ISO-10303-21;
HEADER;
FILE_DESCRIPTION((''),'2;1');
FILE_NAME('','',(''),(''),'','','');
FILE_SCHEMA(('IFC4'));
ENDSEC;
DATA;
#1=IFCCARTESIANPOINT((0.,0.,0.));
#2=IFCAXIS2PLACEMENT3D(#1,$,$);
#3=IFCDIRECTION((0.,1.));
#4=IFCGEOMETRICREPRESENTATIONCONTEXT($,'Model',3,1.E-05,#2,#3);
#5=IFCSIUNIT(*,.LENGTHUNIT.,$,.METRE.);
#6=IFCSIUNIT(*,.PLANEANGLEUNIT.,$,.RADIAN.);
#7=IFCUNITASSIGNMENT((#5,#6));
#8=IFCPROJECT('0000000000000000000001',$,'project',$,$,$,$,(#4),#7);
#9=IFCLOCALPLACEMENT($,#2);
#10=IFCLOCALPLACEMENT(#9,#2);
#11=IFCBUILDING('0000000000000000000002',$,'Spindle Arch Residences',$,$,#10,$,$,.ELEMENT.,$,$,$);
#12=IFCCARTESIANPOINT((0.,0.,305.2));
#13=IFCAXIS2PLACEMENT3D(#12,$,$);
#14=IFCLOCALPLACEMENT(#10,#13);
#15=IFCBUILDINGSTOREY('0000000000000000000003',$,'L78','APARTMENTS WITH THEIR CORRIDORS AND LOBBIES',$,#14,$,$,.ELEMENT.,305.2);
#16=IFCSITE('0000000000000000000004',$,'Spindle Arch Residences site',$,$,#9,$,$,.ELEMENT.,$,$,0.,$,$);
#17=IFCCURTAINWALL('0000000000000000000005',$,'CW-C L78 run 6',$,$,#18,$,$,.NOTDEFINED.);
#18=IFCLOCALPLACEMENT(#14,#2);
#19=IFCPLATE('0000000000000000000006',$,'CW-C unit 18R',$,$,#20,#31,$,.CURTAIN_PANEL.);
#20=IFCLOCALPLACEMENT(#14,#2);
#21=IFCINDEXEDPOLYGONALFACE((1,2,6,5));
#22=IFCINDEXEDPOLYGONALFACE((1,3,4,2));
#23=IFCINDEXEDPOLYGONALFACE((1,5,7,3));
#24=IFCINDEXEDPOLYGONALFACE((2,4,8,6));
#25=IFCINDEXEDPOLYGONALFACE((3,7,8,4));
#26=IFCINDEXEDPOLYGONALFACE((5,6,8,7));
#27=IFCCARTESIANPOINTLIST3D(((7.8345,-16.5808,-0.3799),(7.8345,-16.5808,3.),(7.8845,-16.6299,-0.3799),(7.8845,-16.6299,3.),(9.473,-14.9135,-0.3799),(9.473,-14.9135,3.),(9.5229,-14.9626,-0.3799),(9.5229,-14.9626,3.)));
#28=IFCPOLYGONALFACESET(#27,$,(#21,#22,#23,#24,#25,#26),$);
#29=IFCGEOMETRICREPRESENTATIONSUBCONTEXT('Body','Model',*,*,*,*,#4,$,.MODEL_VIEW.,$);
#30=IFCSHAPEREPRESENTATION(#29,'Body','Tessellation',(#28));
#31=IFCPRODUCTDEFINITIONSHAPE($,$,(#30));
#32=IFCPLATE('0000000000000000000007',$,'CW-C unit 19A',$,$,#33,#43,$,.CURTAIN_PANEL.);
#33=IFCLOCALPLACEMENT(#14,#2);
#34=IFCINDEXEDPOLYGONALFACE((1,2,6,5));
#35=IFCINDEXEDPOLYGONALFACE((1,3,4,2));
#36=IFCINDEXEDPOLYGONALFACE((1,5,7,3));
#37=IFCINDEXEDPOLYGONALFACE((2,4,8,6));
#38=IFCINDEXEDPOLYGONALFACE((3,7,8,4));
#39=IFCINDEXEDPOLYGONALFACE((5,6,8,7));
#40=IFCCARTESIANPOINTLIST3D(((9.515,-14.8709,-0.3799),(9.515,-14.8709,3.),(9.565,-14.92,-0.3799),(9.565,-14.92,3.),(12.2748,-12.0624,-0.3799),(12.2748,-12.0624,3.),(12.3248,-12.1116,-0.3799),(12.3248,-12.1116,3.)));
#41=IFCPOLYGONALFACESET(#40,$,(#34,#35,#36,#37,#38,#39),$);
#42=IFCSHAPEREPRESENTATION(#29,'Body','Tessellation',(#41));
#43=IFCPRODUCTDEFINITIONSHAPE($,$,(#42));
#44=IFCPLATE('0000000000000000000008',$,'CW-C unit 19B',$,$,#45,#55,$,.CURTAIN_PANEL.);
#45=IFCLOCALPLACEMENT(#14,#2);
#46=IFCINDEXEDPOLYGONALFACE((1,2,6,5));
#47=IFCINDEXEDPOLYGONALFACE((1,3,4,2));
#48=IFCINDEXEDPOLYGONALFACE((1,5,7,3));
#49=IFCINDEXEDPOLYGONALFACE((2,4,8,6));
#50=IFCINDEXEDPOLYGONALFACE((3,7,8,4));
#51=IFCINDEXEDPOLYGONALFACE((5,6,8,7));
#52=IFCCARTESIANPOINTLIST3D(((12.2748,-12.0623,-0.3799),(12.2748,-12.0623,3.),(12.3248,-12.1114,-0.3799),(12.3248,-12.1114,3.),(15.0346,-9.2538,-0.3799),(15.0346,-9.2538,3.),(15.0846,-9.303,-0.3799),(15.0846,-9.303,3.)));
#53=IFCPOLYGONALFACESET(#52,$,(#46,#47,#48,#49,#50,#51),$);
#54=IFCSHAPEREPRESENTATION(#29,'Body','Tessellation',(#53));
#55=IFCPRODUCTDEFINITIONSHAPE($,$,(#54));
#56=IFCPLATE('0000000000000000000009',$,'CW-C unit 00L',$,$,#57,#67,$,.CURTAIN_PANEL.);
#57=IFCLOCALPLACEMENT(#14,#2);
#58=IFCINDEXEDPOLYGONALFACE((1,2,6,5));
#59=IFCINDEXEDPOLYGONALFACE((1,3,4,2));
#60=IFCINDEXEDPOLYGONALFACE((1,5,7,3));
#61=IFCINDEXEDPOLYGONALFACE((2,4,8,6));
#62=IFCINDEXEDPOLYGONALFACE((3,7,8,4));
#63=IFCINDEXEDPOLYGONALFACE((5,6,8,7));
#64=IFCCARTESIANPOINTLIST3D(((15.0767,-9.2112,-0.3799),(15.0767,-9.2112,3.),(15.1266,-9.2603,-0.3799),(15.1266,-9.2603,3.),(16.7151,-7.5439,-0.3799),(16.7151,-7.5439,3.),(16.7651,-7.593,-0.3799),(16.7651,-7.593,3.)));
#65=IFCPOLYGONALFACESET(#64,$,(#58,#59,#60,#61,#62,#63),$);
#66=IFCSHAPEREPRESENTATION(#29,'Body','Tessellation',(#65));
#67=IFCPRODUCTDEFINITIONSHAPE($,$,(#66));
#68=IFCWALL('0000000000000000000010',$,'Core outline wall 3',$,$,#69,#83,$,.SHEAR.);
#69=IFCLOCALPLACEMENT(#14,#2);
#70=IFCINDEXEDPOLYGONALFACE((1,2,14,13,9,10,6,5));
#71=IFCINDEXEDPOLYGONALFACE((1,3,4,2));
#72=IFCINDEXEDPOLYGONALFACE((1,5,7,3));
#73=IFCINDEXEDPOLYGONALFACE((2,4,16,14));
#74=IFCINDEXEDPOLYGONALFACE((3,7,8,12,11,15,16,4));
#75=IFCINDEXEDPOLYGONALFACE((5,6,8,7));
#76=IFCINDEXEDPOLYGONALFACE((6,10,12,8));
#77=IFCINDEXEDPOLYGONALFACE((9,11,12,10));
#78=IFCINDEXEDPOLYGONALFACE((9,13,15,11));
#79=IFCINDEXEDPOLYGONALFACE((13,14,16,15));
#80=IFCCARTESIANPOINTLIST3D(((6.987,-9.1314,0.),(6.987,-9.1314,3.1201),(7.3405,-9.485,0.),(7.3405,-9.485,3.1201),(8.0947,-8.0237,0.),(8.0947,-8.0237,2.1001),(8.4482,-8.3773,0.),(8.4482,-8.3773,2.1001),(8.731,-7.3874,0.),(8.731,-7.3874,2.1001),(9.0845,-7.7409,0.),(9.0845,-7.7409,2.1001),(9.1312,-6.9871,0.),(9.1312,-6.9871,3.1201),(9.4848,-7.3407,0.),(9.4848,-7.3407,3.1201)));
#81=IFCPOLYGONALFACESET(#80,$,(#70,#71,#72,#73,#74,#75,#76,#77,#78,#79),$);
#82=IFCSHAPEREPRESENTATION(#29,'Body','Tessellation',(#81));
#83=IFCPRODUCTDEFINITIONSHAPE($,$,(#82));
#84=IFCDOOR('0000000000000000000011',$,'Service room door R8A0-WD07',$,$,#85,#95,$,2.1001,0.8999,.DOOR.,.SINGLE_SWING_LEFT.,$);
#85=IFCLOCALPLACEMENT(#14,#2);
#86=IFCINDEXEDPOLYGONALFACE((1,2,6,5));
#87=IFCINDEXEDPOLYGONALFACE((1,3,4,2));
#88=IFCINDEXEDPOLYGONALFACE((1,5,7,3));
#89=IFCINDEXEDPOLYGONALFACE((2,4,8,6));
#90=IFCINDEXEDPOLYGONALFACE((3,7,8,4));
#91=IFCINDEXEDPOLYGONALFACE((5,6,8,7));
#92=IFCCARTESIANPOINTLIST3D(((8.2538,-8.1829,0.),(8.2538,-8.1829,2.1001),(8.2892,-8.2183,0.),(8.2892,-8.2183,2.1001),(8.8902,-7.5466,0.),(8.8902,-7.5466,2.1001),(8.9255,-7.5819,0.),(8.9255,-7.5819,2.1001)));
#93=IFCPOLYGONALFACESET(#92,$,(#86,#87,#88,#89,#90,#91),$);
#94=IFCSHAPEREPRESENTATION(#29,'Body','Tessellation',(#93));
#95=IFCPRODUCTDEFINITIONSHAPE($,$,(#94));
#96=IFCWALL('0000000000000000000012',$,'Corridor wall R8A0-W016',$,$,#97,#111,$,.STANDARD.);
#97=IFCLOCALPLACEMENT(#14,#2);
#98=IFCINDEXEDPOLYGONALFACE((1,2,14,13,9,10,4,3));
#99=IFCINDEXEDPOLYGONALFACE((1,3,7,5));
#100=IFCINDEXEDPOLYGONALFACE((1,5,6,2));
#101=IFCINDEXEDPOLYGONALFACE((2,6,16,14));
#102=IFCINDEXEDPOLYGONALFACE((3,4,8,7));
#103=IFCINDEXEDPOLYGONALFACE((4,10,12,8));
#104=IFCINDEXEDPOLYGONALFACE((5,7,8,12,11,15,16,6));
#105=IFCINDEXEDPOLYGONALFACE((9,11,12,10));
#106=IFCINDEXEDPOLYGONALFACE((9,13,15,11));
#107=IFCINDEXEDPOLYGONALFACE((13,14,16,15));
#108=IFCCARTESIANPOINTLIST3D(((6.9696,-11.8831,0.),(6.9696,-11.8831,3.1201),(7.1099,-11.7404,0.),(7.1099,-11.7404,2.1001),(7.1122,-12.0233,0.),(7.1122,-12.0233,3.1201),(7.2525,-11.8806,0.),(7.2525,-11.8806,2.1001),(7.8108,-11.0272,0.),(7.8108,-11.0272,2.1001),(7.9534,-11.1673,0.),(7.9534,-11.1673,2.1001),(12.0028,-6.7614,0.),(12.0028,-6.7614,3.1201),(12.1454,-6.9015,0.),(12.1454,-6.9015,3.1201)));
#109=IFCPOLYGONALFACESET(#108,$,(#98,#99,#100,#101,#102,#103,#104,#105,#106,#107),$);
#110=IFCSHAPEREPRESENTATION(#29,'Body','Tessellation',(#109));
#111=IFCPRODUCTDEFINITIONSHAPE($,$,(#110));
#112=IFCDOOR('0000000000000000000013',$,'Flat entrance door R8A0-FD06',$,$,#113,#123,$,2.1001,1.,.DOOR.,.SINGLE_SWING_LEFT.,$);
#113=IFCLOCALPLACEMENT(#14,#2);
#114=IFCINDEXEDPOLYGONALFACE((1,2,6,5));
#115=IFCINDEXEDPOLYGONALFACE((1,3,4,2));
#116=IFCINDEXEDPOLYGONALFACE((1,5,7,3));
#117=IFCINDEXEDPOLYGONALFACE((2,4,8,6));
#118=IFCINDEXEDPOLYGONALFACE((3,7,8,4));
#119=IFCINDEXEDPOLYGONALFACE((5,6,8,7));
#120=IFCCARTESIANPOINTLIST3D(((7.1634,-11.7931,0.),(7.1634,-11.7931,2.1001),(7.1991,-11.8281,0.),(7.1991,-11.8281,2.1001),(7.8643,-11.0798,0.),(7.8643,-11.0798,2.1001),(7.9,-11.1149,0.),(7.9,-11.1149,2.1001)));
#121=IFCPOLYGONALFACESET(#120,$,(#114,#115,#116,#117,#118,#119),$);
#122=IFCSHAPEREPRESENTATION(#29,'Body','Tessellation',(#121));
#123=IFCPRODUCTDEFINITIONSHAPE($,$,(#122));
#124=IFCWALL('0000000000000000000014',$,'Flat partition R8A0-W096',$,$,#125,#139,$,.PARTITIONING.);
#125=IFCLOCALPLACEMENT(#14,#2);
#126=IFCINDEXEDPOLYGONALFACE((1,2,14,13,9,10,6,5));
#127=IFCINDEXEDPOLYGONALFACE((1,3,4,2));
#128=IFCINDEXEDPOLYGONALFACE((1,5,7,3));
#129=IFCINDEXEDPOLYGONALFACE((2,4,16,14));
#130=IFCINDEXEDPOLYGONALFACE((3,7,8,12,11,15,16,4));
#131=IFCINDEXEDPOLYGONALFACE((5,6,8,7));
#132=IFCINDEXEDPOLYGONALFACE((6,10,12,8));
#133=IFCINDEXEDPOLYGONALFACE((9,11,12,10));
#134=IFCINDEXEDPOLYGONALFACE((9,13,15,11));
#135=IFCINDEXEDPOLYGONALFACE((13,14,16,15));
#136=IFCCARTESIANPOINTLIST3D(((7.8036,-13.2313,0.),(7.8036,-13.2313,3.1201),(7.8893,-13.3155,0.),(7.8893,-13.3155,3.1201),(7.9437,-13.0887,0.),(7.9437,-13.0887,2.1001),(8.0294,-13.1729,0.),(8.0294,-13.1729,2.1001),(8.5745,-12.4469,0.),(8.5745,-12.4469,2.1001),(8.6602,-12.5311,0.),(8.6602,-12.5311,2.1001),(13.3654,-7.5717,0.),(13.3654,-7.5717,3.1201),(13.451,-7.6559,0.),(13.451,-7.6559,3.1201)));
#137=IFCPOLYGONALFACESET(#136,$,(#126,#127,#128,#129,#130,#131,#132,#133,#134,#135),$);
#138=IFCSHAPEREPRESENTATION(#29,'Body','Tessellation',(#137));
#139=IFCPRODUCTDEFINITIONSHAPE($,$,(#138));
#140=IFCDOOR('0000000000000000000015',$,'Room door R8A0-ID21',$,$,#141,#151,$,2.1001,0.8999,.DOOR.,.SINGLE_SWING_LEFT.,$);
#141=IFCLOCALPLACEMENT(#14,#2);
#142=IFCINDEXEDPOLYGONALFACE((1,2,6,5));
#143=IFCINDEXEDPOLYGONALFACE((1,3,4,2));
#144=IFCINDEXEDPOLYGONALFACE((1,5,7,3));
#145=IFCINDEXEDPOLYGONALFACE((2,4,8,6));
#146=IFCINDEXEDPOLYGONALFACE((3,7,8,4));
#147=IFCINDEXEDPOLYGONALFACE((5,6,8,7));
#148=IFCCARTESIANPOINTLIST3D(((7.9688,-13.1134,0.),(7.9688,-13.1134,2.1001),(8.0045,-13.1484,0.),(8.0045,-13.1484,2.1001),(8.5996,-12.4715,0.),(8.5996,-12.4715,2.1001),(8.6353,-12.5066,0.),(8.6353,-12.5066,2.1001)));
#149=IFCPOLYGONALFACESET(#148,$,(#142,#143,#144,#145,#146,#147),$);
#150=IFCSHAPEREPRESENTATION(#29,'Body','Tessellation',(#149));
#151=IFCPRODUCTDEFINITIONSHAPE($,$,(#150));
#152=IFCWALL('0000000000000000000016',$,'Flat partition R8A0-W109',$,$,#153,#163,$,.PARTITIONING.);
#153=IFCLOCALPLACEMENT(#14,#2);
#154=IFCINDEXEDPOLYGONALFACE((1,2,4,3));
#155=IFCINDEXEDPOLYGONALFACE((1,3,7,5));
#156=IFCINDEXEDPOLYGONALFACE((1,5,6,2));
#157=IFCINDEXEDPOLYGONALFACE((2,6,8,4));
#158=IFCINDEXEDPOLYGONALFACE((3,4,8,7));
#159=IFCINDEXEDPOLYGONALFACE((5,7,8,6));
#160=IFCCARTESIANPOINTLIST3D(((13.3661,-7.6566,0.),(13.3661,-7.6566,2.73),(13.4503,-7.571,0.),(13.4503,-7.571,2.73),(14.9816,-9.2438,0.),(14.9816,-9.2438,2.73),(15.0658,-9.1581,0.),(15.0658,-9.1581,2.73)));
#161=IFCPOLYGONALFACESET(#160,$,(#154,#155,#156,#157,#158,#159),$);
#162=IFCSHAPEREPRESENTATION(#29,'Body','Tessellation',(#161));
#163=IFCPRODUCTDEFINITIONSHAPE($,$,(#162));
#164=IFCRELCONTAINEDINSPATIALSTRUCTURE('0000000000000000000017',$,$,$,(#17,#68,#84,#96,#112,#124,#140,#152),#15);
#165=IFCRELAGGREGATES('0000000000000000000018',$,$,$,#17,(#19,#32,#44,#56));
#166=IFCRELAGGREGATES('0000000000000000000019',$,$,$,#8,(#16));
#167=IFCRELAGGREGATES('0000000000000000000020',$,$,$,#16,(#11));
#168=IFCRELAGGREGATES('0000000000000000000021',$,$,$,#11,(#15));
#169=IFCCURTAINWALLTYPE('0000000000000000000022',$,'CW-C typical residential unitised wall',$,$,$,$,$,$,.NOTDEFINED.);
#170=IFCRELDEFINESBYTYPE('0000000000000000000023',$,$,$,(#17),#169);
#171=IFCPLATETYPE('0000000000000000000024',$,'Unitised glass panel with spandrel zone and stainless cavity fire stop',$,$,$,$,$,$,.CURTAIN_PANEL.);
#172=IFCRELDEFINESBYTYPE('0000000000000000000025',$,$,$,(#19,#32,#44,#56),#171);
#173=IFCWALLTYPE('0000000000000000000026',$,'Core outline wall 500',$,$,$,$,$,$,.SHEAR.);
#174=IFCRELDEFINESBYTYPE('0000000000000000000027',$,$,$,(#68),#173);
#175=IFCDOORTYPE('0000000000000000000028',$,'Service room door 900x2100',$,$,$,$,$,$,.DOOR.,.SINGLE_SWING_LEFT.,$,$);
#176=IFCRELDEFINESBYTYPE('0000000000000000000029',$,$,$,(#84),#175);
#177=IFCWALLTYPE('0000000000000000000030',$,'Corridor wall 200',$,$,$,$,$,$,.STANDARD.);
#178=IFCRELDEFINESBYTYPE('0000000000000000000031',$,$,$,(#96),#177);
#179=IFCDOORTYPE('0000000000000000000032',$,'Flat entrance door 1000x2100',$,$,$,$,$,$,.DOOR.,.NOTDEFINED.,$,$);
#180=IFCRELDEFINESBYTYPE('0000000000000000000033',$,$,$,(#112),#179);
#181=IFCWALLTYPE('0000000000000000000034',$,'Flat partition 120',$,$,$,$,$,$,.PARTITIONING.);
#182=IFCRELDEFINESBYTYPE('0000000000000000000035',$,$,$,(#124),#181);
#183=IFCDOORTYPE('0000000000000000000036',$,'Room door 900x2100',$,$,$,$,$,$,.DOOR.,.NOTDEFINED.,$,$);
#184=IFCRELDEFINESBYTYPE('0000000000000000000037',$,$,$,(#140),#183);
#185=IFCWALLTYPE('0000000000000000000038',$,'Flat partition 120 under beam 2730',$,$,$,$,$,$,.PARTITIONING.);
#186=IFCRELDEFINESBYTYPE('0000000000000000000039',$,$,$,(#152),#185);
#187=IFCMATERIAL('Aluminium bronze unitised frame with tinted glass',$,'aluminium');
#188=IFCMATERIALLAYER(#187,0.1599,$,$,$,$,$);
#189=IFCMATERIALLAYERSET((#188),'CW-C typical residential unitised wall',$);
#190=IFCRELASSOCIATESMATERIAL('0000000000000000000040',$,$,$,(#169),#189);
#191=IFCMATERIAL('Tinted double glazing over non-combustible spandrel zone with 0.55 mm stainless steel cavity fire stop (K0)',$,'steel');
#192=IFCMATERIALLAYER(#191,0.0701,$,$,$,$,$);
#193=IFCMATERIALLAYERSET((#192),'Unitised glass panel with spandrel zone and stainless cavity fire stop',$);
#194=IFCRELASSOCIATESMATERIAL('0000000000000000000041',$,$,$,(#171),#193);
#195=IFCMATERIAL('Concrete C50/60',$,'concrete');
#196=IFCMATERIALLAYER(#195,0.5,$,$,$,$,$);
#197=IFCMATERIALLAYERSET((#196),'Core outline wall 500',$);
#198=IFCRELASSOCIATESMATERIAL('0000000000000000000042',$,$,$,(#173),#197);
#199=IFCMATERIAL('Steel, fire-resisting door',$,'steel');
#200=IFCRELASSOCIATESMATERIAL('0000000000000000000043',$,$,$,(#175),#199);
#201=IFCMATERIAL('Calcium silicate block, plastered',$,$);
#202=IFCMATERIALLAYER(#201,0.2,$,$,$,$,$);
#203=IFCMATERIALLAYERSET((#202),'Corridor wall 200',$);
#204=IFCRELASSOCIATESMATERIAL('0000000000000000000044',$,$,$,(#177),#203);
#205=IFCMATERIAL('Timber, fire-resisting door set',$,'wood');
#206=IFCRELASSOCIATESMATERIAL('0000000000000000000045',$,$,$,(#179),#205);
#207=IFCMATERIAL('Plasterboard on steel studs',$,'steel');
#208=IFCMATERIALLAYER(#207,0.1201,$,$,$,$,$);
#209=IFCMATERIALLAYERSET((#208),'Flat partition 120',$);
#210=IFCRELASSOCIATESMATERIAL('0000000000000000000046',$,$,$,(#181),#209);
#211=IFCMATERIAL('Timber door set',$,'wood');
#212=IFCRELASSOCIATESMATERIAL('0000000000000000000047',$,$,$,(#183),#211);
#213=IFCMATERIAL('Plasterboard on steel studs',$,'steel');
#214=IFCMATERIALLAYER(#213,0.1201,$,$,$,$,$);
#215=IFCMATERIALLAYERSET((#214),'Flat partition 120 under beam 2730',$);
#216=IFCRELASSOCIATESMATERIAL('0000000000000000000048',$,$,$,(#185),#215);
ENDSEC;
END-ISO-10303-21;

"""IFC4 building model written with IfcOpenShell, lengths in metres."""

from ifc_helpers import new_model, si_unit, direction, frame, frame_2d, origin, origin_2d, place, context, subcontext, project, spatial, rectangle, extrude, material, layer, layer_set, type_object, element, fill, aggregate, save


model = new_model("IFC4")

# Units and contexts
model_context = context("Model", 3, precision=1e-05, world=origin(), true_north=direction((0.0, 1.0)))
body_context = subcontext(model_context, "Body", "Model", "MODEL_VIEW")
ifc_project = project(units=[si_unit("LENGTHUNIT", "METRE"), si_unit("PLANEANGLEUNIT", "RADIAN")], contexts=[model_context])

# Site, building, storey
site_placement = place(None, origin())
site = spatial("IfcSite", under=ifc_project, at=site_placement, Name="Spindle Arch Residences site", CompositionType="ELEMENT", RefElevation=0.0)
building_placement = place(site_placement, origin())
building = spatial("IfcBuilding", under=site, at=building_placement, Name="Spindle Arch Residences", CompositionType="ELEMENT")
storey_placement = place(building_placement, frame((0.0, 0.0, 305.2)))
storey = spatial("IfcBuildingStorey", under=building, at=storey_placement, Name="L78", Description="APARTMENTS WITH THEIR CORRIDORS AND LOBBIES", CompositionType="ELEMENT", Elevation=305.2)

# Curtain wall
ifc_material_1 = material(Name="Aluminium bronze unitised frame with tinted glass", Category="aluminium")
ifc_layer_1 = layer(ifc_material_1, 0.1599)
ifc_layer_set_1 = layer_set([ifc_layer_1], Name="CW-C typical residential unitised wall")
curtain_wall_type = type_object("IfcCurtainWallType", Name="CW-C typical residential unitised wall", PredefinedType="NOTDEFINED", material=ifc_layer_set_1)
curtain_wall_placement = place(storey_placement, origin())
curtain_wall = element("IfcCurtainWall", 1, at=curtain_wall_placement, inside=storey, type_object=curtain_wall_type, Name="CW-C L78 run 6", PredefinedType="NOTDEFINED")

# Plates
ifc_material_2 = material(Name="Tinted double glazing over non-combustible spandrel zone with 0.55 mm stainless steel cavity fire stop (K0)", Category="steel")
ifc_layer_2 = layer(ifc_material_2, 0.0701)
ifc_layer_set_2 = layer_set([ifc_layer_2], Name="Unitised glass panel with spandrel zone and stainless cavity fire stop")
plate_type = type_object("IfcPlateType", Name="Unitised glass panel with spandrel zone and stainless cavity fire stop", PredefinedType="CURTAIN_PANEL", material=ifc_layer_set_2)
plate_1_placement = place(storey_placement, frame((8.6787, -15.7717, -0.3799), z_axis=(0.0, 0.0, 1.0), x_axis=(0.700909, 0.71325, 0.0)))
plate_1 = element("IfcPlate", 2, at=plate_1_placement, type_object=plate_type, Name="CW-C unit 18R", PredefinedType="CURTAIN_PANEL", context=body_context, shape_type="SweptSolid", body=[
    extrude(rectangle(XDim=2.3376, YDim=0.0701, at=origin_2d()), origin(), (0.0, 0.0, 1.0), 3.3799),
])
plate_2_placement = place(storey_placement, frame((10.9199, -13.4912, -0.3799), z_axis=(0.0, 0.0, 1.0), x_axis=(0.700909, 0.71325, 0.0)))
plate_2 = element("IfcPlate", 3, at=plate_2_placement, type_object=plate_type, Name="CW-C unit 19A", PredefinedType="CURTAIN_PANEL", context=body_context, shape_type="SweptSolid", body=[
    extrude(rectangle(XDim=3.9375, YDim=0.0701, at=origin_2d()), origin(), (0.0, 0.0, 1.0), 3.3799),
])
plate_3_placement = place(storey_placement, frame((13.6797, -10.6826, -0.3799), z_axis=(0.0, 0.0, 1.0), x_axis=(0.700909, 0.71325, 0.0)))
plate_3 = element("IfcPlate", 4, at=plate_3_placement, type_object=plate_type, Name="CW-C unit 19B", PredefinedType="CURTAIN_PANEL", context=body_context, shape_type="SweptSolid", body=[
    extrude(rectangle(XDim=3.9375, YDim=0.0701, at=origin_2d()), origin(), (0.0, 0.0, 1.0), 3.3799),
])
plate_4_placement = place(storey_placement, frame((15.9209, -8.4021, -0.3799), z_axis=(0.0, 0.0, 1.0), x_axis=(0.700909, 0.71325, 0.0)))
plate_4 = element("IfcPlate", 5, at=plate_4_placement, type_object=plate_type, Name="CW-C unit 00L", PredefinedType="CURTAIN_PANEL", context=body_context, shape_type="SweptSolid", body=[
    extrude(rectangle(XDim=2.3376, YDim=0.0701, at=origin_2d()), origin(), (0.0, 0.0, 1.0), 3.3799),
])
aggregate(curtain_wall, [plate_1, plate_2, plate_3, plate_4])

# Walls, openings, doors
ifc_material_3 = material(Name="Concrete C50/60", Category="concrete")
ifc_layer_3 = layer(ifc_material_3, 0.5)
ifc_layer_set_3 = layer_set([ifc_layer_3], Name="Core outline wall 500")
wall_type_1 = type_object("IfcWallType", Name="Core outline wall 500", PredefinedType="SHEAR", material=ifc_layer_set_3)
wall_1_placement = place(storey_placement, frame((7.1638, -9.3081, 0.0), z_axis=(0.0, 0.0, 1.0), x_axis=(0.707107, 0.707107, 0.0)))
wall_1 = element("IfcWall", 6, at=wall_1_placement, inside=storey, type_object=wall_type_1, Name="Core outline wall 3", PredefinedType="SHEAR", context=body_context, shape_type="SweptSolid", body=[
    extrude(rectangle(XDim=3.0325, YDim=0.5, at=frame_2d((1.5161, 0.0))), origin(), (0.0, 0.0, 1.0), 3.1201),
])
opening_1_placement = place(wall_1_placement, frame((1.5664, 0.0, 0.0)))
opening_1 = element("IfcOpeningElement", 7, at=opening_1_placement, cuts=wall_1, PredefinedType="OPENING", context=body_context, shape_type="SweptSolid", body=[
    extrude(rectangle(XDim=0.8999, YDim=2.1001, at=frame_2d((0.45, 1.05))), frame((0.0, 0.26, 0.0), z_axis=(0.0, -1.0, 0.0), x_axis=(1.0, 0.0, 0.0)), (0.0, 0.0, 1.0), 0.52),
])
ifc_material_4 = material(Name="Steel, fire-resisting door", Category="steel")
door_type_1 = type_object("IfcDoorType", Name="Service room door 900x2100", OperationType="SINGLE_SWING_LEFT", PredefinedType="DOOR", material=ifc_material_4)
door_1_placement = place(opening_1_placement, origin())
door_1 = element("IfcDoor", 8, at=door_1_placement, inside=storey, type_object=door_type_1, Name="Service room door R8A0-WD07", OperationType="SINGLE_SWING_LEFT", OverallHeight=2.1001, OverallWidth=0.8999, PredefinedType="DOOR", context=body_context, shape_type="SweptSolid", body=[
    extrude(rectangle(XDim=0.8999, YDim=2.1001, at=frame_2d((0.45, 1.05))), frame((0.0, 0.0249, 0.0), z_axis=(0.0, -1.0, 0.0), x_axis=(1.0, 0.0, 0.0)), (0.0, 0.0, 1.0), 0.05),
])
fill(opening_1, door_1)
ifc_material_5 = material(Name="Calcium silicate block, plastered")
ifc_layer_4 = layer(ifc_material_5, 0.2)
ifc_layer_set_4 = layer_set([ifc_layer_4], Name="Corridor wall 200")
wall_type_2 = type_object("IfcWallType", Name="Corridor wall 200", PredefinedType="STANDARD", material=ifc_layer_set_4)
wall_2_placement = place(storey_placement, frame((7.041, -11.9531, 0.0), z_axis=(0.0, 0.0, 1.0), x_axis=(0.700909, 0.713251, 0.0)))
wall_2 = element("IfcWall", 9, at=wall_2_placement, inside=storey, type_object=wall_type_2, Name="Corridor wall R8A0-W016", PredefinedType="STANDARD", context=body_context, shape_type="SweptSolid", body=[
    extrude(rectangle(XDim=7.1809, YDim=0.2, at=frame_2d((3.5903, 0.0))), origin(), (0.0, 0.0, 1.0), 3.1201),
])
opening_2_placement = place(wall_2_placement, frame((0.2, 0.0, 0.0)))
opening_2 = element("IfcOpeningElement", 10, at=opening_2_placement, cuts=wall_2, PredefinedType="OPENING", context=body_context, shape_type="SweptSolid", body=[
    extrude(rectangle(XDim=1.0, YDim=2.1001, at=frame_2d((0.5, 1.05))), frame((0.0, 0.1099, 0.0), z_axis=(0.0, -1.0, 0.0), x_axis=(1.0, 0.0, 0.0)), (0.0, 0.0, 1.0), 0.22),
])
ifc_material_6 = material(Name="Timber, fire-resisting door set", Category="wood")
door_type_2 = type_object("IfcDoorType", Name="Flat entrance door 1000x2100", OperationType="NOTDEFINED", PredefinedType="DOOR", material=ifc_material_6)
door_2_placement = place(opening_2_placement, origin())
door_2 = element("IfcDoor", 11, at=door_2_placement, inside=storey, type_object=door_type_2, Name="Flat entrance door R8A0-FD06", OperationType="SINGLE_SWING_LEFT", OverallHeight=2.1001, OverallWidth=1.0, PredefinedType="DOOR", context=body_context, shape_type="SweptSolid", body=[
    extrude(rectangle(XDim=1.0, YDim=2.1001, at=frame_2d((0.5, 1.05))), frame((0.0, 0.0249, 0.0), z_axis=(0.0, -1.0, 0.0), x_axis=(1.0, 0.0, 0.0)), (0.0, 0.0, 1.0), 0.05),
])
fill(opening_2, door_2)
ifc_material_7 = material(Name="Plasterboard on steel studs", Category="steel")
ifc_layer_5 = layer(ifc_material_7, 0.1201)
ifc_layer_set_5 = layer_set([ifc_layer_5], Name="Flat partition 120")
wall_type_3 = type_object("IfcWallType", Name="Flat partition 120", PredefinedType="PARTITIONING", material=ifc_layer_set_5)
wall_3_placement = place(storey_placement, frame((7.8464, -13.2734, 0.0), z_axis=(0.0, 0.0, 1.0), x_axis=(0.700911, 0.713249, 0.0)))
wall_3 = element("IfcWall", 12, at=wall_3_placement, inside=storey, type_object=wall_type_3, Name="Flat partition R8A0-W096", PredefinedType="PARTITIONING", context=body_context, shape_type="SweptSolid", body=[
    extrude(rectangle(XDim=7.9351, YDim=0.1201, at=frame_2d((3.9675, 0.0))), origin(), (0.0, 0.0, 1.0), 3.1201),
])
opening_3_placement = place(wall_3_placement, frame((0.2, 0.0, 0.0)))
opening_3 = element("IfcOpeningElement", 13, at=opening_3_placement, cuts=wall_3, PredefinedType="OPENING", context=body_context, shape_type="SweptSolid", body=[
    extrude(rectangle(XDim=0.8999, YDim=2.1001, at=frame_2d((0.45, 1.05))), frame((0.0, 0.0701, 0.0), z_axis=(0.0, -1.0, 0.0), x_axis=(1.0, 0.0, 0.0)), (0.0, 0.0, 1.0), 0.1401),
])
ifc_material_8 = material(Name="Timber door set", Category="wood")
door_type_3 = type_object("IfcDoorType", Name="Room door 900x2100", OperationType="NOTDEFINED", PredefinedType="DOOR", material=ifc_material_8)
door_3_placement = place(opening_3_placement, origin())
door_3 = element("IfcDoor", 14, at=door_3_placement, inside=storey, type_object=door_type_3, Name="Room door R8A0-ID21", OperationType="SINGLE_SWING_LEFT", OverallHeight=2.1001, OverallWidth=0.8999, PredefinedType="DOOR", context=body_context, shape_type="SweptSolid", body=[
    extrude(rectangle(XDim=0.8999, YDim=2.1001, at=frame_2d((0.45, 1.05))), frame((0.0, 0.0249, 0.0), z_axis=(0.0, -1.0, 0.0), x_axis=(1.0, 0.0, 0.0)), (0.0, 0.0, 1.0), 0.05),
])
fill(opening_3, door_3)

# Wall
ifc_material_9 = material(Name="Plasterboard on steel studs", Category="steel")
ifc_layer_6 = layer(ifc_material_9, 0.1201)
ifc_layer_set_6 = layer_set([ifc_layer_6], Name="Flat partition 120 under beam 2730")
wall_type_4 = type_object("IfcWallType", Name="Flat partition 120 under beam 2730", PredefinedType="PARTITIONING", material=ifc_layer_set_6)
wall_4_placement = place(storey_placement, frame((15.0237, -9.2009, 0.0), z_axis=(0.0, 0.0, 1.0), x_axis=(-0.713332, 0.700827, 0.0)))
element("IfcWall", 15, at=wall_4_placement, inside=storey, type_object=wall_type_4, Name="Flat partition R8A0-W109", PredefinedType="PARTITIONING", context=body_context, shape_type="SweptSolid", body=[
    extrude(rectangle(XDim=2.2646, YDim=0.1201, at=frame_2d((1.1323, 0.0))), origin(), (0.0, 0.0, 1.0), 2.73),
])

save(model, "model.ifc")
